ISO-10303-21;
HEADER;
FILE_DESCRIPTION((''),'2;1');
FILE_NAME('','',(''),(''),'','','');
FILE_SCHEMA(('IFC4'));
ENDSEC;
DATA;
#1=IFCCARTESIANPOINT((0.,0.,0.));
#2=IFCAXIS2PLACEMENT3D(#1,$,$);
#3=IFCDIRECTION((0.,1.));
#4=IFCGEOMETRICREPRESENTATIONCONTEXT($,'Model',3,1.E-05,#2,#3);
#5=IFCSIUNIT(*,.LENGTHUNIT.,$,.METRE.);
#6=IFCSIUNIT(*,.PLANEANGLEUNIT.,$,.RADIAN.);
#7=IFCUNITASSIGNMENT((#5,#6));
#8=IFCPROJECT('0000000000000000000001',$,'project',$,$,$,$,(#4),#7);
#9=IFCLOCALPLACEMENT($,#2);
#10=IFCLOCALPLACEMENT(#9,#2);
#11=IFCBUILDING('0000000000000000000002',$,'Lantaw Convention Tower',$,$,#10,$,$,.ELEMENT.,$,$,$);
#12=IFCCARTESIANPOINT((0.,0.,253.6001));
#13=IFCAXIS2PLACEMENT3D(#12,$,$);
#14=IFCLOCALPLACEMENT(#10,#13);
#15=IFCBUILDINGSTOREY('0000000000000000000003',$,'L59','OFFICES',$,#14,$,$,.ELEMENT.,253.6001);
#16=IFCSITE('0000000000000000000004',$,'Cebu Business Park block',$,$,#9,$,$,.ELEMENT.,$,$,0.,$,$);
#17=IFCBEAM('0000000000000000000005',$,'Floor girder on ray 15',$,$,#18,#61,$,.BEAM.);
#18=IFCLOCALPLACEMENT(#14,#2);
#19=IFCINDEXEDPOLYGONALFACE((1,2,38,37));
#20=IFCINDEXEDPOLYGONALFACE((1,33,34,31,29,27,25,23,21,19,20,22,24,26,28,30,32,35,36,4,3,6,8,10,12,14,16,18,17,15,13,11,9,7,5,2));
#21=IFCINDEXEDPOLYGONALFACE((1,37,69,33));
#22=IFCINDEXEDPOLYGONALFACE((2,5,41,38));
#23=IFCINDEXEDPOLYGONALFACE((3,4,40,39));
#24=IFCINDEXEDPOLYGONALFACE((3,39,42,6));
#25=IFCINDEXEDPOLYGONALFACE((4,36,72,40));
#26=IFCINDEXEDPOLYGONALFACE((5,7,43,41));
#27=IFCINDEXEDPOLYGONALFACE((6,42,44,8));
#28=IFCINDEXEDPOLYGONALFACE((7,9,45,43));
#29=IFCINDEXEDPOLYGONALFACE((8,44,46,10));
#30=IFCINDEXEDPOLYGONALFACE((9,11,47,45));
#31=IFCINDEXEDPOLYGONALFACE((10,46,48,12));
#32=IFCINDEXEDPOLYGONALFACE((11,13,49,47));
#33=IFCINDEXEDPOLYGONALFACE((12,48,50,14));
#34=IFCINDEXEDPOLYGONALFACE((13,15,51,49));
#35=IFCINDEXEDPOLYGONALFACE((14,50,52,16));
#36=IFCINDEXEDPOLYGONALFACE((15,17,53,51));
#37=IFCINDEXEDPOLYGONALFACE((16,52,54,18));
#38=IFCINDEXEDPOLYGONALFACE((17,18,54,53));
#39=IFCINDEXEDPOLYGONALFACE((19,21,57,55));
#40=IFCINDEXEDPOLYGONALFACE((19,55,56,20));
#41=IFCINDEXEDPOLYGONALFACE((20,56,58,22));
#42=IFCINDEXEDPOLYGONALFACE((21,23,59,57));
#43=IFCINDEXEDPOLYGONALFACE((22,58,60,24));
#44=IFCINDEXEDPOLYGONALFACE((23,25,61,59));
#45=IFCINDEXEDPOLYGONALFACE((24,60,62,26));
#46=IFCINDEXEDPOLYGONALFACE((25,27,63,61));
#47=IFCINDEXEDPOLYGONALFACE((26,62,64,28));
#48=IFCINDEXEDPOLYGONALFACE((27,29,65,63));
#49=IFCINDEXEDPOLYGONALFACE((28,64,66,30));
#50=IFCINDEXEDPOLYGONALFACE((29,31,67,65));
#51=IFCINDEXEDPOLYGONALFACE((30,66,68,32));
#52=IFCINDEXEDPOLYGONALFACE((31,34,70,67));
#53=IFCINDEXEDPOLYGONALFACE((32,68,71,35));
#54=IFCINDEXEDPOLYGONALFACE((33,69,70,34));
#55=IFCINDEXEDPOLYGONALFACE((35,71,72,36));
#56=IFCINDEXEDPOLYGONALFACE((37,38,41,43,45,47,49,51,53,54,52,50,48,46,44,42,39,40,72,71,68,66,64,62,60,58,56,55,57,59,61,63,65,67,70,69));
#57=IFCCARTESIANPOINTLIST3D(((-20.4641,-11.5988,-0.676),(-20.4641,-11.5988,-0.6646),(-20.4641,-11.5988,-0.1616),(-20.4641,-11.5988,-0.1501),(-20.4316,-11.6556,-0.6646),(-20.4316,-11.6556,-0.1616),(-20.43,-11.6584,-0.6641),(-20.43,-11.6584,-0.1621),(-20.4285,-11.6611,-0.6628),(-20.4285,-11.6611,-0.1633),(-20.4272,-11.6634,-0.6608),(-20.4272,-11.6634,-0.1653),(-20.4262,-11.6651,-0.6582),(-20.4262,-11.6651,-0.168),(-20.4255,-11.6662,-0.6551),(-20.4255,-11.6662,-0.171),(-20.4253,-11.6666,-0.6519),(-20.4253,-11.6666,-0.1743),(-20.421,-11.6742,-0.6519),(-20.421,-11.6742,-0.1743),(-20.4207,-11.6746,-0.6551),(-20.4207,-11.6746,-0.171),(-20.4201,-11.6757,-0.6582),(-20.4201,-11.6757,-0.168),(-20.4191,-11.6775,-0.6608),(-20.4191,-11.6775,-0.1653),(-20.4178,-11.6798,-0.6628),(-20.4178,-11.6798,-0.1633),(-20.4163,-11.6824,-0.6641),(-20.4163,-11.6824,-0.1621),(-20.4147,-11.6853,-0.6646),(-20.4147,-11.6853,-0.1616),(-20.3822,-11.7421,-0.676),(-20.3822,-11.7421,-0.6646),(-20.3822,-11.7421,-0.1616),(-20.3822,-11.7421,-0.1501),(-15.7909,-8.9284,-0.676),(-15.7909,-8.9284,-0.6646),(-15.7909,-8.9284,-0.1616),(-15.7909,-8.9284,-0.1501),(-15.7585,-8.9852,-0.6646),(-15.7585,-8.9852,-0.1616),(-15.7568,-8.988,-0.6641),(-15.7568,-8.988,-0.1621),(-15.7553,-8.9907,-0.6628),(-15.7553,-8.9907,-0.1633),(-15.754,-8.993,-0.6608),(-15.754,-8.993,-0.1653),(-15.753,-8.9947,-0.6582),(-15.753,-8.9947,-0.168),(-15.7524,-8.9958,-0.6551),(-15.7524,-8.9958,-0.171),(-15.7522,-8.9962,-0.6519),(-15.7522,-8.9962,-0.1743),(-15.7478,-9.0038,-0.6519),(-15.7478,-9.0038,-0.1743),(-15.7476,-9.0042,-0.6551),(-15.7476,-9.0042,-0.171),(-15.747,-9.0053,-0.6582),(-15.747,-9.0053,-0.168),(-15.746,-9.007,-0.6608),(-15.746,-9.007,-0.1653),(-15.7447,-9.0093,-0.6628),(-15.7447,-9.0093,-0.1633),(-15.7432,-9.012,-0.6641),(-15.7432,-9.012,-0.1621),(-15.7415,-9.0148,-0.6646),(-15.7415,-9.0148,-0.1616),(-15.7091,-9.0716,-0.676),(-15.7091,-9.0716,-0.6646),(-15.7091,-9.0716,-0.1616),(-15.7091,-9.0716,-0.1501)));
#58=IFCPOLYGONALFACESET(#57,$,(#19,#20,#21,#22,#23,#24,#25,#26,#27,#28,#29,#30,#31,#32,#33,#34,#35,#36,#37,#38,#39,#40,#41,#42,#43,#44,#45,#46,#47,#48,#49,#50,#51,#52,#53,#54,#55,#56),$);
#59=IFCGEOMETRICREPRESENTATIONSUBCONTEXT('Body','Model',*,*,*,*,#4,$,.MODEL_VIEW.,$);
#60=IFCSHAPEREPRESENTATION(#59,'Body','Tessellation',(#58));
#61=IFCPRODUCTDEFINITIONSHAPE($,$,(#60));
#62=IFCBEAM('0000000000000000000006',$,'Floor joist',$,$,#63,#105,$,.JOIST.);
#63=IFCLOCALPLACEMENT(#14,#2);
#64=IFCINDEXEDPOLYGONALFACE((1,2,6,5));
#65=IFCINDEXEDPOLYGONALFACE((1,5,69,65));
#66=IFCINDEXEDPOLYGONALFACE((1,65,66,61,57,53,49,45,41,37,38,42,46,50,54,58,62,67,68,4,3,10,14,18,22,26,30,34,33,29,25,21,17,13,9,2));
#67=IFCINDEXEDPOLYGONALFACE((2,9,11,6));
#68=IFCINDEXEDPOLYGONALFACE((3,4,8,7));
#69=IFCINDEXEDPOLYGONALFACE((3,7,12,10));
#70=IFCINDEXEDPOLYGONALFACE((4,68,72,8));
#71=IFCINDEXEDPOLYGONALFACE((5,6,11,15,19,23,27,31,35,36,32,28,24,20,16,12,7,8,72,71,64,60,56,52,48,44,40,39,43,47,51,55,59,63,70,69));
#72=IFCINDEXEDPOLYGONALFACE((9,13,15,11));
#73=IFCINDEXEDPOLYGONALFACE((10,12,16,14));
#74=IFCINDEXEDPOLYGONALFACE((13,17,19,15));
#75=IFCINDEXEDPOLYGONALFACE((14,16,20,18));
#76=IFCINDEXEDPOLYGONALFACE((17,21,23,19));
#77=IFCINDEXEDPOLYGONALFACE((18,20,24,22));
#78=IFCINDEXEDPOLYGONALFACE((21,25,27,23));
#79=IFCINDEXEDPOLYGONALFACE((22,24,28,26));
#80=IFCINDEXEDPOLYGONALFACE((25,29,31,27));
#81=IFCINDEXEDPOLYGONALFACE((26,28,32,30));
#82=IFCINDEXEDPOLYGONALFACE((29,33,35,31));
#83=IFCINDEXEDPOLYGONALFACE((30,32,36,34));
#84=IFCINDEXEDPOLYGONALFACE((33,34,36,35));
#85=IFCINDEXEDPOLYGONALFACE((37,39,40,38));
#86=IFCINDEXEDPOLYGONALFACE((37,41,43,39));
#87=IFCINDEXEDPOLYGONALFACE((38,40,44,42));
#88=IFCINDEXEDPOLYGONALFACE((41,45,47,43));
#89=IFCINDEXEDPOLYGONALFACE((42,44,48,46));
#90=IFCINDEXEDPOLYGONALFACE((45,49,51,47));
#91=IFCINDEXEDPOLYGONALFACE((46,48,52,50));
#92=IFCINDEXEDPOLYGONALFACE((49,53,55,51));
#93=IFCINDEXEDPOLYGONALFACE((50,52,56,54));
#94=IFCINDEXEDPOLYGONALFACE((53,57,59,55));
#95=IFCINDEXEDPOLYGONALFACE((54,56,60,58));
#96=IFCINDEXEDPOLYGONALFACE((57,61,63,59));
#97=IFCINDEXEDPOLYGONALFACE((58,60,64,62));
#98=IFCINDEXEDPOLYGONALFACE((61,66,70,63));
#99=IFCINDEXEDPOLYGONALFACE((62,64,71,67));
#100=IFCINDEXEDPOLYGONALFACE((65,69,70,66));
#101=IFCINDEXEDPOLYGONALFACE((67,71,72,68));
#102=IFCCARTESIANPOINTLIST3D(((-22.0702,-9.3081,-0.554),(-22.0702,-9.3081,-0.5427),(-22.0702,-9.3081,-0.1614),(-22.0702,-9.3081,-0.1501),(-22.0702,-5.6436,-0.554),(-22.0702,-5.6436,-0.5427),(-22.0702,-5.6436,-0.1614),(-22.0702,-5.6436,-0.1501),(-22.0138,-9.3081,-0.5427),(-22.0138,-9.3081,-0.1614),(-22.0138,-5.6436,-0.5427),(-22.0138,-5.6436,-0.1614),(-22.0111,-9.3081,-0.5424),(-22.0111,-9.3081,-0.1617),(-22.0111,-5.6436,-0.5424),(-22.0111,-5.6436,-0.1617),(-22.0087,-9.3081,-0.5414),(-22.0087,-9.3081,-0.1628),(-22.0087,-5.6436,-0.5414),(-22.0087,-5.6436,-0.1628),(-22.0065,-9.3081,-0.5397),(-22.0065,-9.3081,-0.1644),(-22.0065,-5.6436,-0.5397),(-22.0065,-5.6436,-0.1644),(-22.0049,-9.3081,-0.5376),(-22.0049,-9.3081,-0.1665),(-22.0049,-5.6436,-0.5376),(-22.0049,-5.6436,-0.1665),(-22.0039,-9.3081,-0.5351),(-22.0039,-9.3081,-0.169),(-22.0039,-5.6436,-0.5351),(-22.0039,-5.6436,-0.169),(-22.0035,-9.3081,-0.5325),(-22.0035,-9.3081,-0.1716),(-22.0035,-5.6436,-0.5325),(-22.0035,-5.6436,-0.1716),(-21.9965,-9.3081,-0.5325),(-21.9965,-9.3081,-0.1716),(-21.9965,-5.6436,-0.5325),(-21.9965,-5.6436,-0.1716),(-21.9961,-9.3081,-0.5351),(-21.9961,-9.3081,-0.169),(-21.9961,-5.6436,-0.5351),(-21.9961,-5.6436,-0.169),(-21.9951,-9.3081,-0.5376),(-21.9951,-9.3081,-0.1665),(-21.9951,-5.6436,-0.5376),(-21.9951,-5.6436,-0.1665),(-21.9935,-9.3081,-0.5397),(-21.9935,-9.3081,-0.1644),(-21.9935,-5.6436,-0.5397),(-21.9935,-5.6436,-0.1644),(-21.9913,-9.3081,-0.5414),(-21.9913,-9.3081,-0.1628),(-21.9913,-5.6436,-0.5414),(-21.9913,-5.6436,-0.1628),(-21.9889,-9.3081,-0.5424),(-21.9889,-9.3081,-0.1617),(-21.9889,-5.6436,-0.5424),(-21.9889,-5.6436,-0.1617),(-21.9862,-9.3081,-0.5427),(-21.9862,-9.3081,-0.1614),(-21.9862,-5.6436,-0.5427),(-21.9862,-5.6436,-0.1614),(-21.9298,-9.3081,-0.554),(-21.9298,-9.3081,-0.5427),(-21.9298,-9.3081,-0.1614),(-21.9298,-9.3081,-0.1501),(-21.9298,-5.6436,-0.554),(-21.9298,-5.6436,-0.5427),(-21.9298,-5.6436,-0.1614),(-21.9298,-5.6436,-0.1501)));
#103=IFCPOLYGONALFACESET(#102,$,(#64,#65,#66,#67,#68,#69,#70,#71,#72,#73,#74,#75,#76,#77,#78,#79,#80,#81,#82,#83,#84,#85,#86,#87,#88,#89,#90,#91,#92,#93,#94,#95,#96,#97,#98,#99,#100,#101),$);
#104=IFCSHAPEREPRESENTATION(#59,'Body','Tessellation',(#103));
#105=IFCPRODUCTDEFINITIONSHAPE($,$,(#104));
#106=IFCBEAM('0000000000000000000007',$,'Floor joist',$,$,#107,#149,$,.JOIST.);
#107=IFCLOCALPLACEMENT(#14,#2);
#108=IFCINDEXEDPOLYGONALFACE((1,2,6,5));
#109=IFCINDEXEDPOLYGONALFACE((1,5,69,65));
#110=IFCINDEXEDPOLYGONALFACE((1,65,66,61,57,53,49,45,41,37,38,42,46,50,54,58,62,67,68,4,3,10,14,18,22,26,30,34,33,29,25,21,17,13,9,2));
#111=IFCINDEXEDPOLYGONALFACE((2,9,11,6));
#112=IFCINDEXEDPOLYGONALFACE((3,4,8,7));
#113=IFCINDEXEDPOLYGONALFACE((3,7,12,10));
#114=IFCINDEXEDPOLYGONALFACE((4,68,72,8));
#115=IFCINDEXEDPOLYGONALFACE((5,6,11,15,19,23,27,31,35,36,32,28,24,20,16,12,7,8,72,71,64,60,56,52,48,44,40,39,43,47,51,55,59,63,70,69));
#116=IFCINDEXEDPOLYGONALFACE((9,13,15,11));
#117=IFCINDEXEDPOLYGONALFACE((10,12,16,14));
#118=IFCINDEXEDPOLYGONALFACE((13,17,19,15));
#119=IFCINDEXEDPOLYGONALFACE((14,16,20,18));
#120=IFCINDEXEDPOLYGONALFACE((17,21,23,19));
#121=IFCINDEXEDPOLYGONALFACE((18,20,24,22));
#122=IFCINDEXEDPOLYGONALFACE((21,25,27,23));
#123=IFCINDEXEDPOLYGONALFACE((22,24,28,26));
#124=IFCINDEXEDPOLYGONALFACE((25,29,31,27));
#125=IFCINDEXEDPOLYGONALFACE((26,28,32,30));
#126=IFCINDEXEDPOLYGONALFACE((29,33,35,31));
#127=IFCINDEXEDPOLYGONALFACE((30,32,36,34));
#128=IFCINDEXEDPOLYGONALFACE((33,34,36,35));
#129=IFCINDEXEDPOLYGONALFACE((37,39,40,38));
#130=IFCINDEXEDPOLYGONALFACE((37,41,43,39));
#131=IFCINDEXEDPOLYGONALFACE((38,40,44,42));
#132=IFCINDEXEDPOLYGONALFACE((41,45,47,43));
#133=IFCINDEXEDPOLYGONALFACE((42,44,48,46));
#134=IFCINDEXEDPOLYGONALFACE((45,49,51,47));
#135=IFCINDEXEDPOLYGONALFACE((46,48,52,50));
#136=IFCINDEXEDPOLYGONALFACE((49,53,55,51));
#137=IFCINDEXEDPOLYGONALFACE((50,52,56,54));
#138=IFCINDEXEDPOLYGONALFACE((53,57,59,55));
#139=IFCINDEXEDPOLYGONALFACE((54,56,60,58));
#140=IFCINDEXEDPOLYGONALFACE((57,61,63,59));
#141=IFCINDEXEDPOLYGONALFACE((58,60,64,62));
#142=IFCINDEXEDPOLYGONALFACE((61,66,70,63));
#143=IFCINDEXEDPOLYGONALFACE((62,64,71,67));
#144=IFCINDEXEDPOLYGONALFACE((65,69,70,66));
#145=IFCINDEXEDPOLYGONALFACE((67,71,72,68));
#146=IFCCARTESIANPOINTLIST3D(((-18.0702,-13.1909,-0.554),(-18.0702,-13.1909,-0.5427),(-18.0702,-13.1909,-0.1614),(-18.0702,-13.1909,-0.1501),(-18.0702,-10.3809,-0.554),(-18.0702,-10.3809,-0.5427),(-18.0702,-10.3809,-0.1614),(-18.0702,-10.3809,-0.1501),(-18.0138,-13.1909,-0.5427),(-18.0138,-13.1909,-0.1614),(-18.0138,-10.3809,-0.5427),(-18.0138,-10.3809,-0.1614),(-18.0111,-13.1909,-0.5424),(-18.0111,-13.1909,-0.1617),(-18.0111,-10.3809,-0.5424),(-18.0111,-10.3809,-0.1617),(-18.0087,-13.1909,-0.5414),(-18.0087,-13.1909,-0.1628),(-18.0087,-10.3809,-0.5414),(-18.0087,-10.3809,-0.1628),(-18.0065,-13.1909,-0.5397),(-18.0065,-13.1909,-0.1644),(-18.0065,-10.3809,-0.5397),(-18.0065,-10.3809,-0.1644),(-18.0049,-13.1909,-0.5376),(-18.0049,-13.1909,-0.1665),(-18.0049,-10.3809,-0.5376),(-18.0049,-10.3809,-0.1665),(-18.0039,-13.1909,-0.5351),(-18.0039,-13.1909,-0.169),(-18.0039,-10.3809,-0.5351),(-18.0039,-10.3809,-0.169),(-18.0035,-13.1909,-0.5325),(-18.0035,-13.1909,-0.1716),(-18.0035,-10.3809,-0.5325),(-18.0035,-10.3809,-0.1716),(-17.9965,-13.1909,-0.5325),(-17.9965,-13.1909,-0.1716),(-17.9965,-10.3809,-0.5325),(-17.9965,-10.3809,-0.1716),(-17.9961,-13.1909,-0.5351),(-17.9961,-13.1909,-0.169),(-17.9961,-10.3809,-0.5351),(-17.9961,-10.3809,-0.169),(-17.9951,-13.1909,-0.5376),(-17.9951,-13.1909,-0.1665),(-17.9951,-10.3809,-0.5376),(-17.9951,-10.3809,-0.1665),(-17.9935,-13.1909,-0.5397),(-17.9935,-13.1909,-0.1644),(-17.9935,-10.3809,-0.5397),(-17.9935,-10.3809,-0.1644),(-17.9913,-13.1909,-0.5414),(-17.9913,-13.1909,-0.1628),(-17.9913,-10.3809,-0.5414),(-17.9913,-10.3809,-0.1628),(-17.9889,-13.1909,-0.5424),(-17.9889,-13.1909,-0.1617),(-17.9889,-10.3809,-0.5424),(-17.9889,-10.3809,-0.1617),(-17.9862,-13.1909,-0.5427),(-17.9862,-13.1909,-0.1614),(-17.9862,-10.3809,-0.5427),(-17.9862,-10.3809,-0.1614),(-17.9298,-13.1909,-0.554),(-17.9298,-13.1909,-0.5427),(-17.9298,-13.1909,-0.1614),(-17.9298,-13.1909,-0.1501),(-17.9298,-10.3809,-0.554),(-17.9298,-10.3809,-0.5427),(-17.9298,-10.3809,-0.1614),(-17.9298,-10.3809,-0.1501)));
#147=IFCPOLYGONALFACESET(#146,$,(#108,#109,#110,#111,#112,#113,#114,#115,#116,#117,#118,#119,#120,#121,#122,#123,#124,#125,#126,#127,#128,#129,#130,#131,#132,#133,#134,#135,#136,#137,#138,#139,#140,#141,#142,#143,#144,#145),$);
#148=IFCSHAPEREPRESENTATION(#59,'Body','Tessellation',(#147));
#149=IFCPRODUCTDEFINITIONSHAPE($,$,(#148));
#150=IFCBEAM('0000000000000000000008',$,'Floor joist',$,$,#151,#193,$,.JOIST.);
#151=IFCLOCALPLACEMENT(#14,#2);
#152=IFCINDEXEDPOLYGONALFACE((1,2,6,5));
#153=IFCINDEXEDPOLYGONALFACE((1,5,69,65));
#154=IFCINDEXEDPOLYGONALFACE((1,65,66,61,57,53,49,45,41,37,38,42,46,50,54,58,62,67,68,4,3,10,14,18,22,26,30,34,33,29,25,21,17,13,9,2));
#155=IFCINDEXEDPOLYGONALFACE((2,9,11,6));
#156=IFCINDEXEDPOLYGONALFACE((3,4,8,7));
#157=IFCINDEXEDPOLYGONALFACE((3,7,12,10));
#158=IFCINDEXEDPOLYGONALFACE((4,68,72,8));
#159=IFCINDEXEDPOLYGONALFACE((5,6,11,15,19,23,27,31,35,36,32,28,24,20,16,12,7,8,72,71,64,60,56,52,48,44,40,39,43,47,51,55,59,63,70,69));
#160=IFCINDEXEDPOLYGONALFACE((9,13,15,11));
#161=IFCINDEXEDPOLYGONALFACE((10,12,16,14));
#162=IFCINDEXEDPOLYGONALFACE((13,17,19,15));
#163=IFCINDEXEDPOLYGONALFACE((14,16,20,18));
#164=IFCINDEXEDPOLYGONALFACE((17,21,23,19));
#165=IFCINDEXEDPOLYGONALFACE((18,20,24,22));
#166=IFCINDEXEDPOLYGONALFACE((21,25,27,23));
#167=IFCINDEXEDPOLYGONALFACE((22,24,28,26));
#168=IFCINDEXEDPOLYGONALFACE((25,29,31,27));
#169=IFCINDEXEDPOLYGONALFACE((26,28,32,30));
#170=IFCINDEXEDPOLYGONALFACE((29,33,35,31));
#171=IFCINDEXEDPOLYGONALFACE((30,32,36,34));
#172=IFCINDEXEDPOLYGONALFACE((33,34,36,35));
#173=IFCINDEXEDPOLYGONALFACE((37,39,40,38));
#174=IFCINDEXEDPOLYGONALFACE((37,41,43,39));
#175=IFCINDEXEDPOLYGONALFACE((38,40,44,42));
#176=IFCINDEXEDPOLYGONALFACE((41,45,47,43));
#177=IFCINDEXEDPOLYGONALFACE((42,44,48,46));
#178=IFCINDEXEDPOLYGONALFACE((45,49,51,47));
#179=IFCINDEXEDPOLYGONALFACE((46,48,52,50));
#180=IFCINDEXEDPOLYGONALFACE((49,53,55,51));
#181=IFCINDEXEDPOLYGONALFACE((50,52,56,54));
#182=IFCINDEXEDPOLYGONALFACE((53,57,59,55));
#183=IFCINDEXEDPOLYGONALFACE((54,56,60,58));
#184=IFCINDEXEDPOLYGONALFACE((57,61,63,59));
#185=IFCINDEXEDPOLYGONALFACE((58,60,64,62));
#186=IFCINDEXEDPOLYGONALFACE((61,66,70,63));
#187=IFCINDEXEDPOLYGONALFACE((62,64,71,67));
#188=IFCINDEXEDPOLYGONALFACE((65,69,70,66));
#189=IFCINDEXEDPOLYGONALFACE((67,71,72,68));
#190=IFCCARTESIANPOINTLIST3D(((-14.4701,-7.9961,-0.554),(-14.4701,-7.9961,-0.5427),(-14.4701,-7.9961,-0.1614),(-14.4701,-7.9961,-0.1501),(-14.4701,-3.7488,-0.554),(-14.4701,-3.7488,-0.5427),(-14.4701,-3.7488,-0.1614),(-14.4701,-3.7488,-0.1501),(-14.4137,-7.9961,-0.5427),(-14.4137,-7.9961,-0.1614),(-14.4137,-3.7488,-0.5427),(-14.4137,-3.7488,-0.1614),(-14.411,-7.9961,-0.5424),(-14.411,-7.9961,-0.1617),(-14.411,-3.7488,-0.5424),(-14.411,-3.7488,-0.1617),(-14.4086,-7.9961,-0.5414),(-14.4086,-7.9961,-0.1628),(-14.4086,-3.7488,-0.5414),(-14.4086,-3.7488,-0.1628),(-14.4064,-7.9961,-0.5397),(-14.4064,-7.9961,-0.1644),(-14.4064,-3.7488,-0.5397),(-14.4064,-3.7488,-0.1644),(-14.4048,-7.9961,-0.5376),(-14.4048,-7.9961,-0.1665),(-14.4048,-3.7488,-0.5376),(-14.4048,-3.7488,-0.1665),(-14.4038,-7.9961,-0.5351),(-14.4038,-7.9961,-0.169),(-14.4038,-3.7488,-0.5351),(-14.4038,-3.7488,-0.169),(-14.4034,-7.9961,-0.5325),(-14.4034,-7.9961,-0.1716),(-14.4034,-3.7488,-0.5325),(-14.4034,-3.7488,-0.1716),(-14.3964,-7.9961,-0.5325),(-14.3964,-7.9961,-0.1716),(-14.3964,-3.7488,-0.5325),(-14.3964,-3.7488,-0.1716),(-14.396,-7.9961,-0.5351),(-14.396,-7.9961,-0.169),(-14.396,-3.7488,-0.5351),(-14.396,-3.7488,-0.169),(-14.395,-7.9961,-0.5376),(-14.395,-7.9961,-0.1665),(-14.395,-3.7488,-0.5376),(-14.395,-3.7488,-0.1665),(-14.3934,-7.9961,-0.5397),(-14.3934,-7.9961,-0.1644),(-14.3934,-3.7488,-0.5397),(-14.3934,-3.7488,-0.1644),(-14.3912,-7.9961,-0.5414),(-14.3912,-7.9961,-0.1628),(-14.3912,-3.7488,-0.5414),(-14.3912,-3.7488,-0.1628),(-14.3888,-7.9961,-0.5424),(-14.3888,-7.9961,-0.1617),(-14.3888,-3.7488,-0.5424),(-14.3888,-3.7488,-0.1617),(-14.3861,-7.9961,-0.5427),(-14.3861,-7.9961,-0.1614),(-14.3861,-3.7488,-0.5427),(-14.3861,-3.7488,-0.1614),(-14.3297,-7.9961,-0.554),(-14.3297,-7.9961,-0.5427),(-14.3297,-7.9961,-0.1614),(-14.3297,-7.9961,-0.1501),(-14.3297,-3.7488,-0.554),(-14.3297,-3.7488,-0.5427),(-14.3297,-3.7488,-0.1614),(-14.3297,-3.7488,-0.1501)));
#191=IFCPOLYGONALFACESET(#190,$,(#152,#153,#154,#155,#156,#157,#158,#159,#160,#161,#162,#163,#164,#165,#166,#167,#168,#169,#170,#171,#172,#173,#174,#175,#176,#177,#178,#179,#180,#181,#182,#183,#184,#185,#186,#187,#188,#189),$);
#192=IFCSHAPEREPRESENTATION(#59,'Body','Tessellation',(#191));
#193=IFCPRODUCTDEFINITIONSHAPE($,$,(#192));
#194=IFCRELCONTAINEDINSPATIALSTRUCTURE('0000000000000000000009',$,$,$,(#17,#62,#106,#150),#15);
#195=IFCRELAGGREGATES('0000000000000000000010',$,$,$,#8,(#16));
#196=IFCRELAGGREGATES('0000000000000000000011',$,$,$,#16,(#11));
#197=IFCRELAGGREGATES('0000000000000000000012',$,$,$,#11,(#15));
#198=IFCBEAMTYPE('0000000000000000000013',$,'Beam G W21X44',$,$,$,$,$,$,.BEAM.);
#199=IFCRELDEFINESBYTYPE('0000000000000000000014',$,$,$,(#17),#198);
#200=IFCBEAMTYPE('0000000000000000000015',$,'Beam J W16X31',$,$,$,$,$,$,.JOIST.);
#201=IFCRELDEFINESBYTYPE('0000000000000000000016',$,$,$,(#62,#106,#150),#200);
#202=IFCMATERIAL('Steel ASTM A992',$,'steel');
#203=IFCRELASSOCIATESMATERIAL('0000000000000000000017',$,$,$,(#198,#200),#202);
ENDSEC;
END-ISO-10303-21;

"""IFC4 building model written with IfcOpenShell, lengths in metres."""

from ifc_helpers import new_model, si_unit, direction, frame, origin, origin_2d, place, context, subcontext, project, spatial, i_section, extrude, material, material_profile, profile_set, type_object, element, save


model = new_model("IFC4")

# Units and contexts
model_context = context("Model", 3, precision=1e-05, world=origin(), true_north=direction((0.0, 1.0)))
body_context = subcontext(model_context, "Body", "Model", "MODEL_VIEW")
ifc_project = project(units=[si_unit("LENGTHUNIT", "METRE"), si_unit("PLANEANGLEUNIT", "RADIAN")], contexts=[model_context])

# Site, building, storey
site_placement = place(None, origin())
site = spatial("IfcSite", under=ifc_project, at=site_placement, Name="Cebu Business Park block", CompositionType="ELEMENT", RefElevation=0.0)
building_placement = place(site_placement, origin())
building = spatial("IfcBuilding", under=site, at=building_placement, Name="Lantaw Convention Tower", CompositionType="ELEMENT")
storey_placement = place(building_placement, frame((0.0, 0.0, 253.6001)))
storey = spatial("IfcBuildingStorey", under=building, at=storey_placement, Name="L59", Description="OFFICES", CompositionType="ELEMENT", Elevation=253.6001)

# Beams
ifc_material_1 = material(Name="Steel ASTM A992", Category="steel")
ifc_material_profile_1 = material_profile(ifc_material_1, i_section(OverallWidth=0.165, OverallDepth=0.5259, WebThickness=0.0088, FlangeThickness=0.0115, FilletRadius=0.0127, at=origin_2d()), Name="W21X44")
ifc_profile_set_1 = profile_set([ifc_material_profile_1], Name="Steel ASTM A992")
beam_type_1 = type_object("IfcBeamType", Name="Beam G W21X44", PredefinedType="BEAM", material=ifc_profile_set_1)
beam_1_placement = place(storey_placement, frame((-15.75, -9.0, -0.4131), z_axis=(-0.868238, -0.496149, 0.0), x_axis=(0.496149, -0.868238, 0.0)))
element("IfcBeam", 1, at=beam_1_placement, inside=storey, type_object=beam_type_1, Name="Floor girder on ray 15", PredefinedType="BEAM", context=body_context, shape_type="SweptSolid", body=[
    extrude(i_section(OverallWidth=0.165, OverallDepth=0.5259, WebThickness=0.0088, FlangeThickness=0.0115, FilletRadius=0.0127, at=origin_2d()), origin(), (0.0, 0.0, 1.0), 5.3823),
])
ifc_material_profile_2 = material_profile(ifc_material_1, i_section(OverallWidth=0.1404, OverallDepth=0.4038, WebThickness=0.0071, FlangeThickness=0.0112, FilletRadius=0.0103, at=origin_2d()), Name="W16X31")
ifc_profile_set_2 = profile_set([ifc_material_profile_2], Name="Steel ASTM A992")
beam_type_2 = type_object("IfcBeamType", Name="Beam J W16X31", PredefinedType="JOIST", material=ifc_profile_set_2)
beam_2_placement = place(storey_placement, frame((-22.0, -9.3081, -0.3521), z_axis=(0.0, 1.0, 0.0), x_axis=(-1.0, 0.0, 0.0)))
element("IfcBeam", 2, at=beam_2_placement, inside=storey, type_object=beam_type_2, Name="Floor joist", PredefinedType="JOIST", context=body_context, shape_type="SweptSolid", body=[
    extrude(i_section(OverallWidth=0.1404, OverallDepth=0.4038, WebThickness=0.0071, FlangeThickness=0.0112, FilletRadius=0.0103, at=origin_2d()), origin(), (0.0, 0.0, 1.0), 3.6646),
])
beam_3_placement = place(storey_placement, frame((-18.0, -13.1909, -0.3521), z_axis=(0.0, 1.0, 0.0), x_axis=(-1.0, 0.0, 0.0)))
element("IfcBeam", 3, at=beam_3_placement, inside=storey, type_object=beam_type_2, Name="Floor joist", PredefinedType="JOIST", context=body_context, shape_type="SweptSolid", body=[
    extrude(i_section(OverallWidth=0.1404, OverallDepth=0.4038, WebThickness=0.0071, FlangeThickness=0.0112, FilletRadius=0.0103, at=origin_2d()), origin(), (0.0, 0.0, 1.0), 2.8101),
])
beam_4_placement = place(storey_placement, frame((-14.3999, -7.9961, -0.3521), z_axis=(0.0, 1.0, 0.0), x_axis=(-1.0, 0.0, 0.0)))
element("IfcBeam", 4, at=beam_4_placement, inside=storey, type_object=beam_type_2, Name="Floor joist", PredefinedType="JOIST", context=body_context, shape_type="SweptSolid", body=[
    extrude(i_section(OverallWidth=0.1404, OverallDepth=0.4038, WebThickness=0.0071, FlangeThickness=0.0112, FilletRadius=0.0103, at=origin_2d()), origin(), (0.0, 0.0, 1.0), 4.2473),
])

save(model, "model.ifc")
